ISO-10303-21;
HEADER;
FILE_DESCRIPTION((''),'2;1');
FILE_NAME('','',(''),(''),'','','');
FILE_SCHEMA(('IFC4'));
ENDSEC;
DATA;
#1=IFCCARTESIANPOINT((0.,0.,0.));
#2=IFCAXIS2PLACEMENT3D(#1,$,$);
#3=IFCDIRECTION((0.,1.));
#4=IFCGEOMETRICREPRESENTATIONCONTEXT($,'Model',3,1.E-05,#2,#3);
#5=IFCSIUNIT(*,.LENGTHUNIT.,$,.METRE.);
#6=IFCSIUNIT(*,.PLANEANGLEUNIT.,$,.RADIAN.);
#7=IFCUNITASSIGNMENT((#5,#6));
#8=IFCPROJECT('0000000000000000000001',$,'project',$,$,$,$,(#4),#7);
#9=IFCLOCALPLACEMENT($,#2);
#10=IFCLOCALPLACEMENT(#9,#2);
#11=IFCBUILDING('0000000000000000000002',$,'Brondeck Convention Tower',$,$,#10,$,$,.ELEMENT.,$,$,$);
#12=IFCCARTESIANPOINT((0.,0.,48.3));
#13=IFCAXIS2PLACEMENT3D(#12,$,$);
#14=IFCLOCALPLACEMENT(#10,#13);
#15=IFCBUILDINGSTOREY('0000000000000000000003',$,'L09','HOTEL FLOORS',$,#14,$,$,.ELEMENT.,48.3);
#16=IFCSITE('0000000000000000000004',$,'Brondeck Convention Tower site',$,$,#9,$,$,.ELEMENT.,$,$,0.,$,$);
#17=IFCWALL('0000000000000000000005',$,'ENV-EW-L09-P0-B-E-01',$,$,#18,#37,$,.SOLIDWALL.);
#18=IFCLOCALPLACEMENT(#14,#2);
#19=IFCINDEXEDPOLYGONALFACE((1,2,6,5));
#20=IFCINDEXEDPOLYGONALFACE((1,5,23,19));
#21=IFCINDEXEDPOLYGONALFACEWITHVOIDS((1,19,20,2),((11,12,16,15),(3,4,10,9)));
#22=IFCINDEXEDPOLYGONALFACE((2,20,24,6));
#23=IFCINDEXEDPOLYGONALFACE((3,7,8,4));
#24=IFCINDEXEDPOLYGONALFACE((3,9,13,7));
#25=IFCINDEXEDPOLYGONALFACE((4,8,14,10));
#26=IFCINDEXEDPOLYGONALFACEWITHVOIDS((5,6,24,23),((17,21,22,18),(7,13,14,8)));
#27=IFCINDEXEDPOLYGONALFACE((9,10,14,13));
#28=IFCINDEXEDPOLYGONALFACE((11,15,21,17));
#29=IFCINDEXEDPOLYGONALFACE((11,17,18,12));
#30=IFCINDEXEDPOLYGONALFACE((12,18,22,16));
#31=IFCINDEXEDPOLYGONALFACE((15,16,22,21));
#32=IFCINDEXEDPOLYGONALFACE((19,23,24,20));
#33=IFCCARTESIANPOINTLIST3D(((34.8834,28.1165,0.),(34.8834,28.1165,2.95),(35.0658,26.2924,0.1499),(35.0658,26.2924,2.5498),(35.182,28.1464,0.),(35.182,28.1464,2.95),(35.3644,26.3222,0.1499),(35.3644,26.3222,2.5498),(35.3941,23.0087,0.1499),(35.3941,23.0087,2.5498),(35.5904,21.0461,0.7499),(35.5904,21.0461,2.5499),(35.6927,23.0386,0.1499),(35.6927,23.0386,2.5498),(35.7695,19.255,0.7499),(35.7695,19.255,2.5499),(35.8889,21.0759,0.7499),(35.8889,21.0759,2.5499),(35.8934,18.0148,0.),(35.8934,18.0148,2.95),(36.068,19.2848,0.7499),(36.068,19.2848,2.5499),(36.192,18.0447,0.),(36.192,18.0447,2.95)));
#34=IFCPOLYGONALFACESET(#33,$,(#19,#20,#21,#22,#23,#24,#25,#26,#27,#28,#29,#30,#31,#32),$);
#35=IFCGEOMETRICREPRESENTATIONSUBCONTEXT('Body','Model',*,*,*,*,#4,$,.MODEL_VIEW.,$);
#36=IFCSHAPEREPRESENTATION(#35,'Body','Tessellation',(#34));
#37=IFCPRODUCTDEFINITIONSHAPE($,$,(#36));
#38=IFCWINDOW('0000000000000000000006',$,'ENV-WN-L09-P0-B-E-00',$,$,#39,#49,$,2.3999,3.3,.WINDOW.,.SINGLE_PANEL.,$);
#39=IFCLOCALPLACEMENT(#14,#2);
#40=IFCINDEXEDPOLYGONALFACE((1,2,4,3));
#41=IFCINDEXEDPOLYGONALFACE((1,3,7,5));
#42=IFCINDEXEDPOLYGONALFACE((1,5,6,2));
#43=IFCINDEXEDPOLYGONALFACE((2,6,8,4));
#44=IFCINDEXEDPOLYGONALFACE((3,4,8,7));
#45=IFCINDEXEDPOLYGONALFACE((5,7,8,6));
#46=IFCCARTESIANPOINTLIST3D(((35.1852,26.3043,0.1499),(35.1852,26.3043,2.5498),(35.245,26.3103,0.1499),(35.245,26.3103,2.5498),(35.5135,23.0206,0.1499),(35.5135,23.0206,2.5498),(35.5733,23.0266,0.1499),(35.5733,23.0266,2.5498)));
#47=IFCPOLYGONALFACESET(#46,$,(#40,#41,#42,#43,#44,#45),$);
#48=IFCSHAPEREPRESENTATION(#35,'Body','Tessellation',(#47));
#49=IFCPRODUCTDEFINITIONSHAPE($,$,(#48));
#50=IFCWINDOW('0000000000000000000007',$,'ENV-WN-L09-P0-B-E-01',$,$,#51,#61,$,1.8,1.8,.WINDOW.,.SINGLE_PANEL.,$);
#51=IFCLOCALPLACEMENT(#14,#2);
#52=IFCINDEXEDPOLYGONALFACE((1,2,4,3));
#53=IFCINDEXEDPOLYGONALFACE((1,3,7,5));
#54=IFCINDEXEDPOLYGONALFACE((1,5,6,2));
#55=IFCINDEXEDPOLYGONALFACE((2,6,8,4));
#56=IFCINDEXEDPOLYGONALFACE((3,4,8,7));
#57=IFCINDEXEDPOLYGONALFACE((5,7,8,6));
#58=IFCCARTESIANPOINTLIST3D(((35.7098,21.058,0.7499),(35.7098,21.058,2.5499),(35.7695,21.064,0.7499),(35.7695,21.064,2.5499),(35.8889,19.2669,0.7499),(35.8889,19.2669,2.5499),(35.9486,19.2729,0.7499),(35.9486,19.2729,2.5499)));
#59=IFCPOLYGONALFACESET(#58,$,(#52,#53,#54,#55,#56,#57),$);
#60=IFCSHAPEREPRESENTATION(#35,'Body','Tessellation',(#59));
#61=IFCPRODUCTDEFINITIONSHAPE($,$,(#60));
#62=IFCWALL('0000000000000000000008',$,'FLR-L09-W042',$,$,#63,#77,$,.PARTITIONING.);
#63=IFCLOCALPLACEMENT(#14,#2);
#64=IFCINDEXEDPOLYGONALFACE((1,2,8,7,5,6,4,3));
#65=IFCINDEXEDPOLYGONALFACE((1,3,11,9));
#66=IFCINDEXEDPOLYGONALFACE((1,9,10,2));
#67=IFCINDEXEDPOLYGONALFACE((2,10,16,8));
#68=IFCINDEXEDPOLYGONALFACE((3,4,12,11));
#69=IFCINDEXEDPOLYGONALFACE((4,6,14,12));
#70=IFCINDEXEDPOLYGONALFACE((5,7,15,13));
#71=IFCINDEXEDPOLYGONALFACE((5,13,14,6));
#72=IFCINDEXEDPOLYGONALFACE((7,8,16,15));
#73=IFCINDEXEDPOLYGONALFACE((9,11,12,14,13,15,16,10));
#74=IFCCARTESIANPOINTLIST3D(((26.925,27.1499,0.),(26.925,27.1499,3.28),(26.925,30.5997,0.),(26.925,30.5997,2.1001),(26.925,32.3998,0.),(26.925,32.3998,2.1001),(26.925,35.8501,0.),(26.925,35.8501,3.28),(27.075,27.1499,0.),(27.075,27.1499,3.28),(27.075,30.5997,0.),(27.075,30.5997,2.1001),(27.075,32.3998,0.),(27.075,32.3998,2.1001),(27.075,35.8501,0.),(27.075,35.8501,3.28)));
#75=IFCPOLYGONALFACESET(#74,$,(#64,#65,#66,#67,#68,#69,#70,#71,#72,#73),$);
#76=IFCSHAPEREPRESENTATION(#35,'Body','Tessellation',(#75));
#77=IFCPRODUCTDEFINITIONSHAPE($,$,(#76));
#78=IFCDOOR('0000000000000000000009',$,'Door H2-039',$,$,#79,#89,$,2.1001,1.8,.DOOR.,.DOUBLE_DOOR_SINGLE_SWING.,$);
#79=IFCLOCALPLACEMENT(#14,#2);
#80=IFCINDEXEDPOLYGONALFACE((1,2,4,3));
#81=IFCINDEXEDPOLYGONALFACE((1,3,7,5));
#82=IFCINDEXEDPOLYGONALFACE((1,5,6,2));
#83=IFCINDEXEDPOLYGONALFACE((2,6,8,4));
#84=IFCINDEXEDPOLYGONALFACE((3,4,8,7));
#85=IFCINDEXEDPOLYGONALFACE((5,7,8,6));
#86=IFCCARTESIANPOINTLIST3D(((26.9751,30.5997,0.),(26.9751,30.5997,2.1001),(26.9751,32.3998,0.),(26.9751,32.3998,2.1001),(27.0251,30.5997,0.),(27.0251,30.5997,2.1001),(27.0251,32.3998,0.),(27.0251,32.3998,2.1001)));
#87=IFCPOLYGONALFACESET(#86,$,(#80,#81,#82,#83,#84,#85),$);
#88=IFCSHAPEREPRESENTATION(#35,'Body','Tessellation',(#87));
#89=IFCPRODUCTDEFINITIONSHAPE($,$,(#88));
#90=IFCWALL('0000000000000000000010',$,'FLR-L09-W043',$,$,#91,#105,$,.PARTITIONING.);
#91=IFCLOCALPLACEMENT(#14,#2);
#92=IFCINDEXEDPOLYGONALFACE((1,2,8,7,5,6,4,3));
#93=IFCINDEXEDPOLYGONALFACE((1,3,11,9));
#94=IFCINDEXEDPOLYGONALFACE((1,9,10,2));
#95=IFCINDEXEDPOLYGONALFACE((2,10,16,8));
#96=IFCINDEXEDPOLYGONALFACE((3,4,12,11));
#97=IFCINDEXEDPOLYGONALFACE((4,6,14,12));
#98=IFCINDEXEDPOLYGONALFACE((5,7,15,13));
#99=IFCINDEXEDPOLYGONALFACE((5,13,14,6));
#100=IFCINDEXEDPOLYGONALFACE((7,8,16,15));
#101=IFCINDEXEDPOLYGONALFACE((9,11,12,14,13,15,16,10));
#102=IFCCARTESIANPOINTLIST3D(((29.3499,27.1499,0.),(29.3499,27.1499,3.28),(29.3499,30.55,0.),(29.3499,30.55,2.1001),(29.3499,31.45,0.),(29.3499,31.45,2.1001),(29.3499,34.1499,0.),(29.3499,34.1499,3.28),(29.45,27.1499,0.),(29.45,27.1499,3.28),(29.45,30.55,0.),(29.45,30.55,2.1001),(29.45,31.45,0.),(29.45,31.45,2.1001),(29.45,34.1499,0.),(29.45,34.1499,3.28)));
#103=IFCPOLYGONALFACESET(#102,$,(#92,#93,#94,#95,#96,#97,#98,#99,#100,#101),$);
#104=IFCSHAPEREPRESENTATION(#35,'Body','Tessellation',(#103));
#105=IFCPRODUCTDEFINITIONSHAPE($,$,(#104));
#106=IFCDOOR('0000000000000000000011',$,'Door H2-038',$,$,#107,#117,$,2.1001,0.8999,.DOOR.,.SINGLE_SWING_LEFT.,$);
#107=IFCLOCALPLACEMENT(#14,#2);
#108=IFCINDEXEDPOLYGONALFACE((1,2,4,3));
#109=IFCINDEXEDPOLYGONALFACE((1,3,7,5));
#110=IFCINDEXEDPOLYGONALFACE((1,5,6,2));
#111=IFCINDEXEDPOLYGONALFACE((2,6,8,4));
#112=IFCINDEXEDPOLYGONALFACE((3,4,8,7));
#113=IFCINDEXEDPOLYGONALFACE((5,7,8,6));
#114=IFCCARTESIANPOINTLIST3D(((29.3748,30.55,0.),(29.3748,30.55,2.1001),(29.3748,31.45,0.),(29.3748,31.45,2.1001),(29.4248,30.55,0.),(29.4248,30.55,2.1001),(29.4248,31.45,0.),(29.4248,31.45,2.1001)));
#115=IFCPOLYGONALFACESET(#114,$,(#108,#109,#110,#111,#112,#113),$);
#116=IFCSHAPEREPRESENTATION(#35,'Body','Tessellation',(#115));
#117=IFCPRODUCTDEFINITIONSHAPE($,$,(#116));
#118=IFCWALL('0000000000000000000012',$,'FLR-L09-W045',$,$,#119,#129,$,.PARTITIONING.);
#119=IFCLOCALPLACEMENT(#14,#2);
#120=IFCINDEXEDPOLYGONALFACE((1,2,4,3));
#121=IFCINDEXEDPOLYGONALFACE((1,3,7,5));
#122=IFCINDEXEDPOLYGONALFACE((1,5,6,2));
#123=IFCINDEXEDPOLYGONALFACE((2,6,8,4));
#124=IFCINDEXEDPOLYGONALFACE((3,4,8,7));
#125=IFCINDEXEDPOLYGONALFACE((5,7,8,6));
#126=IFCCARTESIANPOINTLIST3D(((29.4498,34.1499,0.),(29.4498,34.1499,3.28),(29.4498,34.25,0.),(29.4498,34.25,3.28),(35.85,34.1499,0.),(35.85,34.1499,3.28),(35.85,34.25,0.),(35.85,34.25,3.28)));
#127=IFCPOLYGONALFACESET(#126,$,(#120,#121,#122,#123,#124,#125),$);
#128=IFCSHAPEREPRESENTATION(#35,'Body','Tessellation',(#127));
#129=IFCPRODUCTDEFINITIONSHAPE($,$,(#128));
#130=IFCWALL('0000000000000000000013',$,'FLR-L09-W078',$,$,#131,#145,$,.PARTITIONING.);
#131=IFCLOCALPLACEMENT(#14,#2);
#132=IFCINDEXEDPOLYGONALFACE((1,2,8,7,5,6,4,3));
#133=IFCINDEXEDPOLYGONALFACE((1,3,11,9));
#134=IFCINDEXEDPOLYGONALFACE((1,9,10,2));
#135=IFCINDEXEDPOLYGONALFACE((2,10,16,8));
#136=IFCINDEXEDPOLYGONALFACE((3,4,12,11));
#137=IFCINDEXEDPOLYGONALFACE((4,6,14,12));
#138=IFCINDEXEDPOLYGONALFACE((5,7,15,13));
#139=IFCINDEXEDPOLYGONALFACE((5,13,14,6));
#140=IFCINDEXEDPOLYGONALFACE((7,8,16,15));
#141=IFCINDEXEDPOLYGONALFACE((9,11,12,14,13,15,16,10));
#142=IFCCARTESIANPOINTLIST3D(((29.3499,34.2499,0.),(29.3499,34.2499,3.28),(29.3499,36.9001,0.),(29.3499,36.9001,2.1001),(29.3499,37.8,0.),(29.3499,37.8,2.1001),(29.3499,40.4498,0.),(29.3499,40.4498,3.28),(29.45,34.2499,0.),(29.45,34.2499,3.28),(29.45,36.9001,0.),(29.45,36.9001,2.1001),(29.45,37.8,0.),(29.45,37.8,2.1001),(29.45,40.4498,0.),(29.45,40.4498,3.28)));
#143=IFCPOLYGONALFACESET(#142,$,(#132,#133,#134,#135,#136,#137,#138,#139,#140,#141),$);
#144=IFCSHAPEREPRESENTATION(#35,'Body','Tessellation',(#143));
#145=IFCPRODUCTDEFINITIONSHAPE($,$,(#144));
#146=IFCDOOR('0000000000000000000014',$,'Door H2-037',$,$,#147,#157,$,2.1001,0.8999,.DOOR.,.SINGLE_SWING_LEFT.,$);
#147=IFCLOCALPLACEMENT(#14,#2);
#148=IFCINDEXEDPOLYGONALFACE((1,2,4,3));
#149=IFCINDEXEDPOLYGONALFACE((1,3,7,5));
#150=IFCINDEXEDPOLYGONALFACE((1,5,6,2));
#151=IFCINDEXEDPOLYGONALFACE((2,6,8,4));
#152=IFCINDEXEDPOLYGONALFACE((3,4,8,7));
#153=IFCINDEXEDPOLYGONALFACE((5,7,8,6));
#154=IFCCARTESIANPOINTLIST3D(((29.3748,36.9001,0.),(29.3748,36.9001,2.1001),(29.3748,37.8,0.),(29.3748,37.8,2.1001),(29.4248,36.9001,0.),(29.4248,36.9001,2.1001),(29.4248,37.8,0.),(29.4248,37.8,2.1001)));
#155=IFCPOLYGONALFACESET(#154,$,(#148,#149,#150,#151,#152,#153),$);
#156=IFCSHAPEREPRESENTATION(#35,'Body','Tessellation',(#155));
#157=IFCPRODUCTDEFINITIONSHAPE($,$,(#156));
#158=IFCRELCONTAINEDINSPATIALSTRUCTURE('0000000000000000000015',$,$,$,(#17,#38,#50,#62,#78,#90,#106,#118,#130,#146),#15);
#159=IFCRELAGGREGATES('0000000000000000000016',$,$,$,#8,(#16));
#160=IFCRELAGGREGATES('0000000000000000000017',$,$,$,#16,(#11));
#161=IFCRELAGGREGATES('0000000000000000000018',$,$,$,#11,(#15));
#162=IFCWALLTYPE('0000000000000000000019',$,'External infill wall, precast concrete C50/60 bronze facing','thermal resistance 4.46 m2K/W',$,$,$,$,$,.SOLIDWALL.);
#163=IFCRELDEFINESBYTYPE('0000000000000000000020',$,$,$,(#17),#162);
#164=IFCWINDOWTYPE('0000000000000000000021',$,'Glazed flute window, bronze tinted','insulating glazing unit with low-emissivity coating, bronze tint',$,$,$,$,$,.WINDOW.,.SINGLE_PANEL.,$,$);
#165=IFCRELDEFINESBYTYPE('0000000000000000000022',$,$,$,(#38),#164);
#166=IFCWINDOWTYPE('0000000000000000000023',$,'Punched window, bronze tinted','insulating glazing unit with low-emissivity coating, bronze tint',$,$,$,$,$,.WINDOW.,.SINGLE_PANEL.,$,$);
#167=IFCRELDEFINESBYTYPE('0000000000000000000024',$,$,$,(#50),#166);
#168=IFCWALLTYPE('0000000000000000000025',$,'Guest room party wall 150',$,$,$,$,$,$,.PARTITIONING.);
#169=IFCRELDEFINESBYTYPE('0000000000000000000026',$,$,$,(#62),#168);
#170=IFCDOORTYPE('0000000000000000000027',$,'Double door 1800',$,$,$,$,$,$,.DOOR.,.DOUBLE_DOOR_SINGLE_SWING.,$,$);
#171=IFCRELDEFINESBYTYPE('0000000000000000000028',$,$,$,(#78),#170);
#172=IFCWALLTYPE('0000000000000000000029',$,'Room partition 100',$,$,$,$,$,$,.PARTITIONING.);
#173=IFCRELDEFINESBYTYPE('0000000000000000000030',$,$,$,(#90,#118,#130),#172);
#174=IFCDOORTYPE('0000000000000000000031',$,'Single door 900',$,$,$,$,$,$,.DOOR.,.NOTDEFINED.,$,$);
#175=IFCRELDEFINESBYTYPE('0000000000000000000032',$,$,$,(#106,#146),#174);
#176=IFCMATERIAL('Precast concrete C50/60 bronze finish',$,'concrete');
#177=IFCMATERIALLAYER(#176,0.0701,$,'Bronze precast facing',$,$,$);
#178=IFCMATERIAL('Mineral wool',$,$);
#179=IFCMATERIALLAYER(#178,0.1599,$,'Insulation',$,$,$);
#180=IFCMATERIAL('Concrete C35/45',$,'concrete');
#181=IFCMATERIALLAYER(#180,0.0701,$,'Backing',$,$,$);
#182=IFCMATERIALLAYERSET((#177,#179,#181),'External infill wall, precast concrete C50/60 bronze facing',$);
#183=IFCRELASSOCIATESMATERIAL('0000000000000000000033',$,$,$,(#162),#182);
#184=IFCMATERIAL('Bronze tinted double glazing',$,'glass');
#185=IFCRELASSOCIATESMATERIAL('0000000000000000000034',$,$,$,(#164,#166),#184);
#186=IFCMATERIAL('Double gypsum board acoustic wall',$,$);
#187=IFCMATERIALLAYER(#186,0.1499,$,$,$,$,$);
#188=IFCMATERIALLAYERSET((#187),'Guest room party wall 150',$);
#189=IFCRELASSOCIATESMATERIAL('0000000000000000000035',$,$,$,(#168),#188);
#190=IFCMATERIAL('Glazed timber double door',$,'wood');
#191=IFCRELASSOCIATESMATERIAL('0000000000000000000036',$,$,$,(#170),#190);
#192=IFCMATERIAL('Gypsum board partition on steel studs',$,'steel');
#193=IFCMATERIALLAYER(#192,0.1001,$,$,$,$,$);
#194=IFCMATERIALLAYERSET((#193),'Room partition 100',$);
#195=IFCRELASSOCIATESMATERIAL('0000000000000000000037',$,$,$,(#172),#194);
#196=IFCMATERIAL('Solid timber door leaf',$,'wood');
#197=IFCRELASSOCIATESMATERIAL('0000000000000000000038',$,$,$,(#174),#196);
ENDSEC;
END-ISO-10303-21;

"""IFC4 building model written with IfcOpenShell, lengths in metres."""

from ifc_helpers import new_model, si_unit, direction, frame, frame_2d, origin, place, context, subcontext, project, spatial, rectangle, extrude, material, layer, layer_set, type_object, element, fill, save


model = new_model("IFC4")

# Units and contexts
model_context = context("Model", 3, precision=1e-05, world=origin(), true_north=direction((0.0, 1.0)))
body_context = subcontext(model_context, "Body", "Model", "MODEL_VIEW")
ifc_project = project(units=[si_unit("LENGTHUNIT", "METRE"), si_unit("PLANEANGLEUNIT", "RADIAN")], contexts=[model_context])

# Site, building, storey
site_placement = place(None, origin())
site = spatial("IfcSite", under=ifc_project, at=site_placement, Name="Brondeck Convention Tower site", CompositionType="ELEMENT", RefElevation=0.0)
building_placement = place(site_placement, origin())
building = spatial("IfcBuilding", under=site, at=building_placement, Name="Brondeck Convention Tower", CompositionType="ELEMENT")
storey_placement = place(building_placement, frame((0.0, 0.0, 48.3)))
storey = spatial("IfcBuildingStorey", under=building, at=storey_placement, Name="L09", Description="HOTEL FLOORS", CompositionType="ELEMENT", Elevation=48.3)

# Wall, openings, windows
ifc_material_1 = material(Name="Precast concrete C50/60 bronze finish", Category="concrete")
ifc_layer_1 = layer(ifc_material_1, 0.0701, Name="Bronze precast facing")
ifc_material_2 = material(Name="Mineral wool")
ifc_layer_2 = layer(ifc_material_2, 0.1599, Name="Insulation")
ifc_material_3 = material(Name="Concrete C35/45", Category="concrete")
ifc_layer_3 = layer(ifc_material_3, 0.0701, Name="Backing")
ifc_layer_set_1 = layer_set([ifc_layer_1, ifc_layer_2, ifc_layer_3], Name="External infill wall, precast concrete C50/60 bronze facing")
wall_type_1 = type_object("IfcWallType", Name="External infill wall, precast concrete C50/60 bronze facing", Description="thermal resistance 4.46 m2K/W", PredefinedType="SOLIDWALL", material=ifc_layer_set_1)
wall_1_placement = place(storey_placement, frame((35.0327, 28.1316, 0.0), z_axis=(0.0, 0.0, 1.0), x_axis=(0.099487, -0.995039, 0.0)))
wall_1 = element("IfcWall", 1, at=wall_1_placement, inside=storey, type_object=wall_type_1, Name="ENV-EW-L09-P0-B-E-01", PredefinedType="SOLIDWALL", context=body_context, shape_type="SweptSolid", body=[
    extrude(rectangle(XDim=10.1521, YDim=0.3, at=frame_2d((5.0762, 0.0))), origin(), (0.0, 0.0, 1.0), 2.95),
])
opening_1_placement = place(wall_1_placement, frame((1.8335, 0.0, 0.1499)))
opening_1 = element("IfcOpeningElement", 2, at=opening_1_placement, cuts=wall_1, PredefinedType="OPENING", context=body_context, shape_type="SweptSolid", body=[
    extrude(rectangle(XDim=3.3, YDim=2.3999, at=frame_2d((1.6499, 1.2))), frame((0.0, 0.1599, 0.0), z_axis=(0.0, -1.0, 0.0), x_axis=(1.0, 0.0, 0.0)), (0.0, 0.0, 1.0), 0.3201),
])
opening_2_placement = place(wall_1_placement, frame((7.106, 0.0, 0.75)))
opening_2 = element("IfcOpeningElement", 3, at=opening_2_placement, cuts=wall_1, PredefinedType="OPENING", context=body_context, shape_type="SweptSolid", body=[
    extrude(rectangle(XDim=1.8, YDim=1.8, at=frame_2d((0.8999, 0.8999))), frame((0.0, 0.1599, 0.0), z_axis=(0.0, -1.0, 0.0), x_axis=(1.0, 0.0, 0.0)), (0.0, 0.0, 1.0), 0.3201),
])
ifc_material_4 = material(Name="Bronze tinted double glazing", Category="glass")
window_type_1 = type_object("IfcWindowType", Name="Glazed flute window, bronze tinted", Description="insulating glazing unit with low-emissivity coating, bronze tint", PartitioningType="SINGLE_PANEL", PredefinedType="WINDOW", material=ifc_material_4)
window_1_placement = place(opening_1_placement, origin())
window_1 = element("IfcWindow", 4, at=window_1_placement, inside=storey, type_object=window_type_1, Name="ENV-WN-L09-P0-B-E-00", OverallHeight=2.3999, OverallWidth=3.3, PartitioningType="SINGLE_PANEL", PredefinedType="WINDOW", context=body_context, shape_type="SweptSolid", body=[
    extrude(rectangle(XDim=3.3, YDim=2.3999, at=frame_2d((1.6499, 1.2))), frame((0.0, 0.03, 0.0), z_axis=(0.0, -1.0, 0.0), x_axis=(1.0, 0.0, 0.0)), (0.0, 0.0, 1.0), 0.0601),
])
fill(opening_1, window_1)
window_type_2 = type_object("IfcWindowType", Name="Punched window, bronze tinted", Description="insulating glazing unit with low-emissivity coating, bronze tint", PartitioningType="SINGLE_PANEL", PredefinedType="WINDOW", material=ifc_material_4)
window_2_placement = place(opening_2_placement, origin())
window_2 = element("IfcWindow", 5, at=window_2_placement, inside=storey, type_object=window_type_2, Name="ENV-WN-L09-P0-B-E-01", OverallHeight=1.8, OverallWidth=1.8, PartitioningType="SINGLE_PANEL", PredefinedType="WINDOW", context=body_context, shape_type="SweptSolid", body=[
    extrude(rectangle(XDim=1.8, YDim=1.8, at=frame_2d((0.8999, 0.8999))), frame((0.0, 0.03, 0.0), z_axis=(0.0, -1.0, 0.0), x_axis=(1.0, 0.0, 0.0)), (0.0, 0.0, 1.0), 0.0601),
])
fill(opening_2, window_2)

# Walls, openings, doors
ifc_material_5 = material(Name="Double gypsum board acoustic wall")
ifc_layer_4 = layer(ifc_material_5, 0.1499)
ifc_layer_set_2 = layer_set([ifc_layer_4], Name="Guest room party wall 150")
wall_type_2 = type_object("IfcWallType", Name="Guest room party wall 150", PredefinedType="PARTITIONING", material=ifc_layer_set_2)
wall_2_placement = place(storey_placement, frame((27.0, 27.1499, 0.0), z_axis=(0.0, 0.0, 1.0), x_axis=(0.0, 1.0, 0.0)))
wall_2 = element("IfcWall", 6, at=wall_2_placement, inside=storey, type_object=wall_type_2, Name="FLR-L09-W042", PredefinedType="PARTITIONING", context=body_context, shape_type="SweptSolid", body=[
    extrude(rectangle(XDim=8.7002, YDim=0.1499, at=frame_2d((4.3501, 0.0))), origin(), (0.0, 0.0, 1.0), 3.28),
])
opening_3_placement = place(wall_2_placement, frame((3.45, 0.0, 0.0)))
opening_3 = element("IfcOpeningElement", 7, at=opening_3_placement, cuts=wall_2, PredefinedType="OPENING", context=body_context, shape_type="SweptSolid", body=[
    extrude(rectangle(XDim=1.8, YDim=2.1001, at=frame_2d((0.8999, 1.05))), frame((0.0, 0.085, 0.0), z_axis=(0.0, -1.0, 0.0), x_axis=(1.0, 0.0, 0.0)), (0.0, 0.0, 1.0), 0.1699),
])
ifc_material_6 = material(Name="Glazed timber double door", Category="wood")
door_type_1 = type_object("IfcDoorType", Name="Double door 1800", OperationType="DOUBLE_DOOR_SINGLE_SWING", PredefinedType="DOOR", material=ifc_material_6)
door_1_placement = place(opening_3_placement, origin())
door_1 = element("IfcDoor", 8, at=door_1_placement, inside=storey, type_object=door_type_1, Name="Door H2-039", OperationType="DOUBLE_DOOR_SINGLE_SWING", OverallHeight=2.1001, OverallWidth=1.8, PredefinedType="DOOR", context=body_context, shape_type="SweptSolid", body=[
    extrude(rectangle(XDim=1.8, YDim=2.1001, at=frame_2d((0.8999, 1.05))), frame((0.0, 0.0249, 0.0), z_axis=(0.0, -1.0, 0.0), x_axis=(1.0, 0.0, 0.0)), (0.0, 0.0, 1.0), 0.05),
])
fill(opening_3, door_1)
ifc_material_7 = material(Name="Gypsum board partition on steel studs", Category="steel")
ifc_layer_5 = layer(ifc_material_7, 0.1001)
ifc_layer_set_3 = layer_set([ifc_layer_5], Name="Room partition 100")
wall_type_3 = type_object("IfcWallType", Name="Room partition 100", PredefinedType="PARTITIONING", material=ifc_layer_set_3)
wall_3_placement = place(storey_placement, frame((29.3999, 34.1499, 0.0), z_axis=(0.0, 0.0, 1.0), x_axis=(0.0, -1.0, 0.0)))
wall_3 = element("IfcWall", 9, at=wall_3_placement, inside=storey, type_object=wall_type_3, Name="FLR-L09-W043", PredefinedType="PARTITIONING", context=body_context, shape_type="SweptSolid", body=[
    extrude(rectangle(XDim=7.0, YDim=0.1001, at=frame_2d((3.5, 0.0))), origin(), (0.0, 0.0, 1.0), 3.28),
])
opening_4_placement = place(wall_3_placement, frame((2.7, 0.0, 0.0)))
opening_4 = element("IfcOpeningElement", 10, at=opening_4_placement, cuts=wall_3, PredefinedType="OPENING", context=body_context, shape_type="SweptSolid", body=[
    extrude(rectangle(XDim=0.8999, YDim=2.1001, at=frame_2d((0.45, 1.05))), frame((0.0, 0.0601, 0.0), z_axis=(0.0, -1.0, 0.0), x_axis=(1.0, 0.0, 0.0)), (0.0, 0.0, 1.0), 0.1201),
])
ifc_material_8 = material(Name="Solid timber door leaf", Category="wood")
door_type_2 = type_object("IfcDoorType", Name="Single door 900", OperationType="NOTDEFINED", PredefinedType="DOOR", material=ifc_material_8)
door_2_placement = place(opening_4_placement, origin())
door_2 = element("IfcDoor", 11, at=door_2_placement, inside=storey, type_object=door_type_2, Name="Door H2-038", OperationType="SINGLE_SWING_LEFT", OverallHeight=2.1001, OverallWidth=0.8999, PredefinedType="DOOR", context=body_context, shape_type="SweptSolid", body=[
    extrude(rectangle(XDim=0.8999, YDim=2.1001, at=frame_2d((0.45, 1.05))), frame((0.0, 0.0249, 0.0), z_axis=(0.0, -1.0, 0.0), x_axis=(1.0, 0.0, 0.0)), (0.0, 0.0, 1.0), 0.05),
])
fill(opening_4, door_2)

# Wall
wall_4_placement = place(storey_placement, frame((35.8501, 34.2, 0.0), z_axis=(0.0, 0.0, 1.0), x_axis=(-1.0, 0.0, 0.0)))
element("IfcWall", 12, at=wall_4_placement, inside=storey, type_object=wall_type_3, Name="FLR-L09-W045", PredefinedType="PARTITIONING", context=body_context, shape_type="SweptSolid", body=[
    extrude(rectangle(XDim=6.4001, YDim=0.1001, at=frame_2d((3.2002, 0.0))), origin(), (0.0, 0.0, 1.0), 3.28),
])

# Wall, opening, door
wall_5_placement = place(storey_placement, frame((29.3999, 40.45, 0.0), z_axis=(0.0, 0.0, 1.0), x_axis=(0.0, -1.0, 0.0)))
wall_5 = element("IfcWall", 13, at=wall_5_placement, inside=storey, type_object=wall_type_3, Name="FLR-L09-W078", PredefinedType="PARTITIONING", context=body_context, shape_type="SweptSolid", body=[
    extrude(rectangle(XDim=6.2, YDim=0.1001, at=frame_2d((3.1001, 0.0))), origin(), (0.0, 0.0, 1.0), 3.28),
])
opening_5_placement = place(wall_5_placement, frame((2.6499, 0.0, 0.0)))
opening_5 = element("IfcOpeningElement", 14, at=opening_5_placement, cuts=wall_5, PredefinedType="OPENING", context=body_context, shape_type="SweptSolid", body=[
    extrude(rectangle(XDim=0.8999, YDim=2.1001, at=frame_2d((0.45, 1.05))), frame((0.0, 0.0601, 0.0), z_axis=(0.0, -1.0, 0.0), x_axis=(1.0, 0.0, 0.0)), (0.0, 0.0, 1.0), 0.1201),
])
door_3_placement = place(opening_5_placement, origin())
door_3 = element("IfcDoor", 15, at=door_3_placement, inside=storey, type_object=door_type_2, Name="Door H2-037", OperationType="SINGLE_SWING_LEFT", OverallHeight=2.1001, OverallWidth=0.8999, PredefinedType="DOOR", context=body_context, shape_type="SweptSolid", body=[
    extrude(rectangle(XDim=0.8999, YDim=2.1001, at=frame_2d((0.45, 1.05))), frame((0.0, 0.0249, 0.0), z_axis=(0.0, -1.0, 0.0), x_axis=(1.0, 0.0, 0.0)), (0.0, 0.0, 1.0), 0.05),
])
fill(opening_5, door_3)

save(model, "model.ifc")
